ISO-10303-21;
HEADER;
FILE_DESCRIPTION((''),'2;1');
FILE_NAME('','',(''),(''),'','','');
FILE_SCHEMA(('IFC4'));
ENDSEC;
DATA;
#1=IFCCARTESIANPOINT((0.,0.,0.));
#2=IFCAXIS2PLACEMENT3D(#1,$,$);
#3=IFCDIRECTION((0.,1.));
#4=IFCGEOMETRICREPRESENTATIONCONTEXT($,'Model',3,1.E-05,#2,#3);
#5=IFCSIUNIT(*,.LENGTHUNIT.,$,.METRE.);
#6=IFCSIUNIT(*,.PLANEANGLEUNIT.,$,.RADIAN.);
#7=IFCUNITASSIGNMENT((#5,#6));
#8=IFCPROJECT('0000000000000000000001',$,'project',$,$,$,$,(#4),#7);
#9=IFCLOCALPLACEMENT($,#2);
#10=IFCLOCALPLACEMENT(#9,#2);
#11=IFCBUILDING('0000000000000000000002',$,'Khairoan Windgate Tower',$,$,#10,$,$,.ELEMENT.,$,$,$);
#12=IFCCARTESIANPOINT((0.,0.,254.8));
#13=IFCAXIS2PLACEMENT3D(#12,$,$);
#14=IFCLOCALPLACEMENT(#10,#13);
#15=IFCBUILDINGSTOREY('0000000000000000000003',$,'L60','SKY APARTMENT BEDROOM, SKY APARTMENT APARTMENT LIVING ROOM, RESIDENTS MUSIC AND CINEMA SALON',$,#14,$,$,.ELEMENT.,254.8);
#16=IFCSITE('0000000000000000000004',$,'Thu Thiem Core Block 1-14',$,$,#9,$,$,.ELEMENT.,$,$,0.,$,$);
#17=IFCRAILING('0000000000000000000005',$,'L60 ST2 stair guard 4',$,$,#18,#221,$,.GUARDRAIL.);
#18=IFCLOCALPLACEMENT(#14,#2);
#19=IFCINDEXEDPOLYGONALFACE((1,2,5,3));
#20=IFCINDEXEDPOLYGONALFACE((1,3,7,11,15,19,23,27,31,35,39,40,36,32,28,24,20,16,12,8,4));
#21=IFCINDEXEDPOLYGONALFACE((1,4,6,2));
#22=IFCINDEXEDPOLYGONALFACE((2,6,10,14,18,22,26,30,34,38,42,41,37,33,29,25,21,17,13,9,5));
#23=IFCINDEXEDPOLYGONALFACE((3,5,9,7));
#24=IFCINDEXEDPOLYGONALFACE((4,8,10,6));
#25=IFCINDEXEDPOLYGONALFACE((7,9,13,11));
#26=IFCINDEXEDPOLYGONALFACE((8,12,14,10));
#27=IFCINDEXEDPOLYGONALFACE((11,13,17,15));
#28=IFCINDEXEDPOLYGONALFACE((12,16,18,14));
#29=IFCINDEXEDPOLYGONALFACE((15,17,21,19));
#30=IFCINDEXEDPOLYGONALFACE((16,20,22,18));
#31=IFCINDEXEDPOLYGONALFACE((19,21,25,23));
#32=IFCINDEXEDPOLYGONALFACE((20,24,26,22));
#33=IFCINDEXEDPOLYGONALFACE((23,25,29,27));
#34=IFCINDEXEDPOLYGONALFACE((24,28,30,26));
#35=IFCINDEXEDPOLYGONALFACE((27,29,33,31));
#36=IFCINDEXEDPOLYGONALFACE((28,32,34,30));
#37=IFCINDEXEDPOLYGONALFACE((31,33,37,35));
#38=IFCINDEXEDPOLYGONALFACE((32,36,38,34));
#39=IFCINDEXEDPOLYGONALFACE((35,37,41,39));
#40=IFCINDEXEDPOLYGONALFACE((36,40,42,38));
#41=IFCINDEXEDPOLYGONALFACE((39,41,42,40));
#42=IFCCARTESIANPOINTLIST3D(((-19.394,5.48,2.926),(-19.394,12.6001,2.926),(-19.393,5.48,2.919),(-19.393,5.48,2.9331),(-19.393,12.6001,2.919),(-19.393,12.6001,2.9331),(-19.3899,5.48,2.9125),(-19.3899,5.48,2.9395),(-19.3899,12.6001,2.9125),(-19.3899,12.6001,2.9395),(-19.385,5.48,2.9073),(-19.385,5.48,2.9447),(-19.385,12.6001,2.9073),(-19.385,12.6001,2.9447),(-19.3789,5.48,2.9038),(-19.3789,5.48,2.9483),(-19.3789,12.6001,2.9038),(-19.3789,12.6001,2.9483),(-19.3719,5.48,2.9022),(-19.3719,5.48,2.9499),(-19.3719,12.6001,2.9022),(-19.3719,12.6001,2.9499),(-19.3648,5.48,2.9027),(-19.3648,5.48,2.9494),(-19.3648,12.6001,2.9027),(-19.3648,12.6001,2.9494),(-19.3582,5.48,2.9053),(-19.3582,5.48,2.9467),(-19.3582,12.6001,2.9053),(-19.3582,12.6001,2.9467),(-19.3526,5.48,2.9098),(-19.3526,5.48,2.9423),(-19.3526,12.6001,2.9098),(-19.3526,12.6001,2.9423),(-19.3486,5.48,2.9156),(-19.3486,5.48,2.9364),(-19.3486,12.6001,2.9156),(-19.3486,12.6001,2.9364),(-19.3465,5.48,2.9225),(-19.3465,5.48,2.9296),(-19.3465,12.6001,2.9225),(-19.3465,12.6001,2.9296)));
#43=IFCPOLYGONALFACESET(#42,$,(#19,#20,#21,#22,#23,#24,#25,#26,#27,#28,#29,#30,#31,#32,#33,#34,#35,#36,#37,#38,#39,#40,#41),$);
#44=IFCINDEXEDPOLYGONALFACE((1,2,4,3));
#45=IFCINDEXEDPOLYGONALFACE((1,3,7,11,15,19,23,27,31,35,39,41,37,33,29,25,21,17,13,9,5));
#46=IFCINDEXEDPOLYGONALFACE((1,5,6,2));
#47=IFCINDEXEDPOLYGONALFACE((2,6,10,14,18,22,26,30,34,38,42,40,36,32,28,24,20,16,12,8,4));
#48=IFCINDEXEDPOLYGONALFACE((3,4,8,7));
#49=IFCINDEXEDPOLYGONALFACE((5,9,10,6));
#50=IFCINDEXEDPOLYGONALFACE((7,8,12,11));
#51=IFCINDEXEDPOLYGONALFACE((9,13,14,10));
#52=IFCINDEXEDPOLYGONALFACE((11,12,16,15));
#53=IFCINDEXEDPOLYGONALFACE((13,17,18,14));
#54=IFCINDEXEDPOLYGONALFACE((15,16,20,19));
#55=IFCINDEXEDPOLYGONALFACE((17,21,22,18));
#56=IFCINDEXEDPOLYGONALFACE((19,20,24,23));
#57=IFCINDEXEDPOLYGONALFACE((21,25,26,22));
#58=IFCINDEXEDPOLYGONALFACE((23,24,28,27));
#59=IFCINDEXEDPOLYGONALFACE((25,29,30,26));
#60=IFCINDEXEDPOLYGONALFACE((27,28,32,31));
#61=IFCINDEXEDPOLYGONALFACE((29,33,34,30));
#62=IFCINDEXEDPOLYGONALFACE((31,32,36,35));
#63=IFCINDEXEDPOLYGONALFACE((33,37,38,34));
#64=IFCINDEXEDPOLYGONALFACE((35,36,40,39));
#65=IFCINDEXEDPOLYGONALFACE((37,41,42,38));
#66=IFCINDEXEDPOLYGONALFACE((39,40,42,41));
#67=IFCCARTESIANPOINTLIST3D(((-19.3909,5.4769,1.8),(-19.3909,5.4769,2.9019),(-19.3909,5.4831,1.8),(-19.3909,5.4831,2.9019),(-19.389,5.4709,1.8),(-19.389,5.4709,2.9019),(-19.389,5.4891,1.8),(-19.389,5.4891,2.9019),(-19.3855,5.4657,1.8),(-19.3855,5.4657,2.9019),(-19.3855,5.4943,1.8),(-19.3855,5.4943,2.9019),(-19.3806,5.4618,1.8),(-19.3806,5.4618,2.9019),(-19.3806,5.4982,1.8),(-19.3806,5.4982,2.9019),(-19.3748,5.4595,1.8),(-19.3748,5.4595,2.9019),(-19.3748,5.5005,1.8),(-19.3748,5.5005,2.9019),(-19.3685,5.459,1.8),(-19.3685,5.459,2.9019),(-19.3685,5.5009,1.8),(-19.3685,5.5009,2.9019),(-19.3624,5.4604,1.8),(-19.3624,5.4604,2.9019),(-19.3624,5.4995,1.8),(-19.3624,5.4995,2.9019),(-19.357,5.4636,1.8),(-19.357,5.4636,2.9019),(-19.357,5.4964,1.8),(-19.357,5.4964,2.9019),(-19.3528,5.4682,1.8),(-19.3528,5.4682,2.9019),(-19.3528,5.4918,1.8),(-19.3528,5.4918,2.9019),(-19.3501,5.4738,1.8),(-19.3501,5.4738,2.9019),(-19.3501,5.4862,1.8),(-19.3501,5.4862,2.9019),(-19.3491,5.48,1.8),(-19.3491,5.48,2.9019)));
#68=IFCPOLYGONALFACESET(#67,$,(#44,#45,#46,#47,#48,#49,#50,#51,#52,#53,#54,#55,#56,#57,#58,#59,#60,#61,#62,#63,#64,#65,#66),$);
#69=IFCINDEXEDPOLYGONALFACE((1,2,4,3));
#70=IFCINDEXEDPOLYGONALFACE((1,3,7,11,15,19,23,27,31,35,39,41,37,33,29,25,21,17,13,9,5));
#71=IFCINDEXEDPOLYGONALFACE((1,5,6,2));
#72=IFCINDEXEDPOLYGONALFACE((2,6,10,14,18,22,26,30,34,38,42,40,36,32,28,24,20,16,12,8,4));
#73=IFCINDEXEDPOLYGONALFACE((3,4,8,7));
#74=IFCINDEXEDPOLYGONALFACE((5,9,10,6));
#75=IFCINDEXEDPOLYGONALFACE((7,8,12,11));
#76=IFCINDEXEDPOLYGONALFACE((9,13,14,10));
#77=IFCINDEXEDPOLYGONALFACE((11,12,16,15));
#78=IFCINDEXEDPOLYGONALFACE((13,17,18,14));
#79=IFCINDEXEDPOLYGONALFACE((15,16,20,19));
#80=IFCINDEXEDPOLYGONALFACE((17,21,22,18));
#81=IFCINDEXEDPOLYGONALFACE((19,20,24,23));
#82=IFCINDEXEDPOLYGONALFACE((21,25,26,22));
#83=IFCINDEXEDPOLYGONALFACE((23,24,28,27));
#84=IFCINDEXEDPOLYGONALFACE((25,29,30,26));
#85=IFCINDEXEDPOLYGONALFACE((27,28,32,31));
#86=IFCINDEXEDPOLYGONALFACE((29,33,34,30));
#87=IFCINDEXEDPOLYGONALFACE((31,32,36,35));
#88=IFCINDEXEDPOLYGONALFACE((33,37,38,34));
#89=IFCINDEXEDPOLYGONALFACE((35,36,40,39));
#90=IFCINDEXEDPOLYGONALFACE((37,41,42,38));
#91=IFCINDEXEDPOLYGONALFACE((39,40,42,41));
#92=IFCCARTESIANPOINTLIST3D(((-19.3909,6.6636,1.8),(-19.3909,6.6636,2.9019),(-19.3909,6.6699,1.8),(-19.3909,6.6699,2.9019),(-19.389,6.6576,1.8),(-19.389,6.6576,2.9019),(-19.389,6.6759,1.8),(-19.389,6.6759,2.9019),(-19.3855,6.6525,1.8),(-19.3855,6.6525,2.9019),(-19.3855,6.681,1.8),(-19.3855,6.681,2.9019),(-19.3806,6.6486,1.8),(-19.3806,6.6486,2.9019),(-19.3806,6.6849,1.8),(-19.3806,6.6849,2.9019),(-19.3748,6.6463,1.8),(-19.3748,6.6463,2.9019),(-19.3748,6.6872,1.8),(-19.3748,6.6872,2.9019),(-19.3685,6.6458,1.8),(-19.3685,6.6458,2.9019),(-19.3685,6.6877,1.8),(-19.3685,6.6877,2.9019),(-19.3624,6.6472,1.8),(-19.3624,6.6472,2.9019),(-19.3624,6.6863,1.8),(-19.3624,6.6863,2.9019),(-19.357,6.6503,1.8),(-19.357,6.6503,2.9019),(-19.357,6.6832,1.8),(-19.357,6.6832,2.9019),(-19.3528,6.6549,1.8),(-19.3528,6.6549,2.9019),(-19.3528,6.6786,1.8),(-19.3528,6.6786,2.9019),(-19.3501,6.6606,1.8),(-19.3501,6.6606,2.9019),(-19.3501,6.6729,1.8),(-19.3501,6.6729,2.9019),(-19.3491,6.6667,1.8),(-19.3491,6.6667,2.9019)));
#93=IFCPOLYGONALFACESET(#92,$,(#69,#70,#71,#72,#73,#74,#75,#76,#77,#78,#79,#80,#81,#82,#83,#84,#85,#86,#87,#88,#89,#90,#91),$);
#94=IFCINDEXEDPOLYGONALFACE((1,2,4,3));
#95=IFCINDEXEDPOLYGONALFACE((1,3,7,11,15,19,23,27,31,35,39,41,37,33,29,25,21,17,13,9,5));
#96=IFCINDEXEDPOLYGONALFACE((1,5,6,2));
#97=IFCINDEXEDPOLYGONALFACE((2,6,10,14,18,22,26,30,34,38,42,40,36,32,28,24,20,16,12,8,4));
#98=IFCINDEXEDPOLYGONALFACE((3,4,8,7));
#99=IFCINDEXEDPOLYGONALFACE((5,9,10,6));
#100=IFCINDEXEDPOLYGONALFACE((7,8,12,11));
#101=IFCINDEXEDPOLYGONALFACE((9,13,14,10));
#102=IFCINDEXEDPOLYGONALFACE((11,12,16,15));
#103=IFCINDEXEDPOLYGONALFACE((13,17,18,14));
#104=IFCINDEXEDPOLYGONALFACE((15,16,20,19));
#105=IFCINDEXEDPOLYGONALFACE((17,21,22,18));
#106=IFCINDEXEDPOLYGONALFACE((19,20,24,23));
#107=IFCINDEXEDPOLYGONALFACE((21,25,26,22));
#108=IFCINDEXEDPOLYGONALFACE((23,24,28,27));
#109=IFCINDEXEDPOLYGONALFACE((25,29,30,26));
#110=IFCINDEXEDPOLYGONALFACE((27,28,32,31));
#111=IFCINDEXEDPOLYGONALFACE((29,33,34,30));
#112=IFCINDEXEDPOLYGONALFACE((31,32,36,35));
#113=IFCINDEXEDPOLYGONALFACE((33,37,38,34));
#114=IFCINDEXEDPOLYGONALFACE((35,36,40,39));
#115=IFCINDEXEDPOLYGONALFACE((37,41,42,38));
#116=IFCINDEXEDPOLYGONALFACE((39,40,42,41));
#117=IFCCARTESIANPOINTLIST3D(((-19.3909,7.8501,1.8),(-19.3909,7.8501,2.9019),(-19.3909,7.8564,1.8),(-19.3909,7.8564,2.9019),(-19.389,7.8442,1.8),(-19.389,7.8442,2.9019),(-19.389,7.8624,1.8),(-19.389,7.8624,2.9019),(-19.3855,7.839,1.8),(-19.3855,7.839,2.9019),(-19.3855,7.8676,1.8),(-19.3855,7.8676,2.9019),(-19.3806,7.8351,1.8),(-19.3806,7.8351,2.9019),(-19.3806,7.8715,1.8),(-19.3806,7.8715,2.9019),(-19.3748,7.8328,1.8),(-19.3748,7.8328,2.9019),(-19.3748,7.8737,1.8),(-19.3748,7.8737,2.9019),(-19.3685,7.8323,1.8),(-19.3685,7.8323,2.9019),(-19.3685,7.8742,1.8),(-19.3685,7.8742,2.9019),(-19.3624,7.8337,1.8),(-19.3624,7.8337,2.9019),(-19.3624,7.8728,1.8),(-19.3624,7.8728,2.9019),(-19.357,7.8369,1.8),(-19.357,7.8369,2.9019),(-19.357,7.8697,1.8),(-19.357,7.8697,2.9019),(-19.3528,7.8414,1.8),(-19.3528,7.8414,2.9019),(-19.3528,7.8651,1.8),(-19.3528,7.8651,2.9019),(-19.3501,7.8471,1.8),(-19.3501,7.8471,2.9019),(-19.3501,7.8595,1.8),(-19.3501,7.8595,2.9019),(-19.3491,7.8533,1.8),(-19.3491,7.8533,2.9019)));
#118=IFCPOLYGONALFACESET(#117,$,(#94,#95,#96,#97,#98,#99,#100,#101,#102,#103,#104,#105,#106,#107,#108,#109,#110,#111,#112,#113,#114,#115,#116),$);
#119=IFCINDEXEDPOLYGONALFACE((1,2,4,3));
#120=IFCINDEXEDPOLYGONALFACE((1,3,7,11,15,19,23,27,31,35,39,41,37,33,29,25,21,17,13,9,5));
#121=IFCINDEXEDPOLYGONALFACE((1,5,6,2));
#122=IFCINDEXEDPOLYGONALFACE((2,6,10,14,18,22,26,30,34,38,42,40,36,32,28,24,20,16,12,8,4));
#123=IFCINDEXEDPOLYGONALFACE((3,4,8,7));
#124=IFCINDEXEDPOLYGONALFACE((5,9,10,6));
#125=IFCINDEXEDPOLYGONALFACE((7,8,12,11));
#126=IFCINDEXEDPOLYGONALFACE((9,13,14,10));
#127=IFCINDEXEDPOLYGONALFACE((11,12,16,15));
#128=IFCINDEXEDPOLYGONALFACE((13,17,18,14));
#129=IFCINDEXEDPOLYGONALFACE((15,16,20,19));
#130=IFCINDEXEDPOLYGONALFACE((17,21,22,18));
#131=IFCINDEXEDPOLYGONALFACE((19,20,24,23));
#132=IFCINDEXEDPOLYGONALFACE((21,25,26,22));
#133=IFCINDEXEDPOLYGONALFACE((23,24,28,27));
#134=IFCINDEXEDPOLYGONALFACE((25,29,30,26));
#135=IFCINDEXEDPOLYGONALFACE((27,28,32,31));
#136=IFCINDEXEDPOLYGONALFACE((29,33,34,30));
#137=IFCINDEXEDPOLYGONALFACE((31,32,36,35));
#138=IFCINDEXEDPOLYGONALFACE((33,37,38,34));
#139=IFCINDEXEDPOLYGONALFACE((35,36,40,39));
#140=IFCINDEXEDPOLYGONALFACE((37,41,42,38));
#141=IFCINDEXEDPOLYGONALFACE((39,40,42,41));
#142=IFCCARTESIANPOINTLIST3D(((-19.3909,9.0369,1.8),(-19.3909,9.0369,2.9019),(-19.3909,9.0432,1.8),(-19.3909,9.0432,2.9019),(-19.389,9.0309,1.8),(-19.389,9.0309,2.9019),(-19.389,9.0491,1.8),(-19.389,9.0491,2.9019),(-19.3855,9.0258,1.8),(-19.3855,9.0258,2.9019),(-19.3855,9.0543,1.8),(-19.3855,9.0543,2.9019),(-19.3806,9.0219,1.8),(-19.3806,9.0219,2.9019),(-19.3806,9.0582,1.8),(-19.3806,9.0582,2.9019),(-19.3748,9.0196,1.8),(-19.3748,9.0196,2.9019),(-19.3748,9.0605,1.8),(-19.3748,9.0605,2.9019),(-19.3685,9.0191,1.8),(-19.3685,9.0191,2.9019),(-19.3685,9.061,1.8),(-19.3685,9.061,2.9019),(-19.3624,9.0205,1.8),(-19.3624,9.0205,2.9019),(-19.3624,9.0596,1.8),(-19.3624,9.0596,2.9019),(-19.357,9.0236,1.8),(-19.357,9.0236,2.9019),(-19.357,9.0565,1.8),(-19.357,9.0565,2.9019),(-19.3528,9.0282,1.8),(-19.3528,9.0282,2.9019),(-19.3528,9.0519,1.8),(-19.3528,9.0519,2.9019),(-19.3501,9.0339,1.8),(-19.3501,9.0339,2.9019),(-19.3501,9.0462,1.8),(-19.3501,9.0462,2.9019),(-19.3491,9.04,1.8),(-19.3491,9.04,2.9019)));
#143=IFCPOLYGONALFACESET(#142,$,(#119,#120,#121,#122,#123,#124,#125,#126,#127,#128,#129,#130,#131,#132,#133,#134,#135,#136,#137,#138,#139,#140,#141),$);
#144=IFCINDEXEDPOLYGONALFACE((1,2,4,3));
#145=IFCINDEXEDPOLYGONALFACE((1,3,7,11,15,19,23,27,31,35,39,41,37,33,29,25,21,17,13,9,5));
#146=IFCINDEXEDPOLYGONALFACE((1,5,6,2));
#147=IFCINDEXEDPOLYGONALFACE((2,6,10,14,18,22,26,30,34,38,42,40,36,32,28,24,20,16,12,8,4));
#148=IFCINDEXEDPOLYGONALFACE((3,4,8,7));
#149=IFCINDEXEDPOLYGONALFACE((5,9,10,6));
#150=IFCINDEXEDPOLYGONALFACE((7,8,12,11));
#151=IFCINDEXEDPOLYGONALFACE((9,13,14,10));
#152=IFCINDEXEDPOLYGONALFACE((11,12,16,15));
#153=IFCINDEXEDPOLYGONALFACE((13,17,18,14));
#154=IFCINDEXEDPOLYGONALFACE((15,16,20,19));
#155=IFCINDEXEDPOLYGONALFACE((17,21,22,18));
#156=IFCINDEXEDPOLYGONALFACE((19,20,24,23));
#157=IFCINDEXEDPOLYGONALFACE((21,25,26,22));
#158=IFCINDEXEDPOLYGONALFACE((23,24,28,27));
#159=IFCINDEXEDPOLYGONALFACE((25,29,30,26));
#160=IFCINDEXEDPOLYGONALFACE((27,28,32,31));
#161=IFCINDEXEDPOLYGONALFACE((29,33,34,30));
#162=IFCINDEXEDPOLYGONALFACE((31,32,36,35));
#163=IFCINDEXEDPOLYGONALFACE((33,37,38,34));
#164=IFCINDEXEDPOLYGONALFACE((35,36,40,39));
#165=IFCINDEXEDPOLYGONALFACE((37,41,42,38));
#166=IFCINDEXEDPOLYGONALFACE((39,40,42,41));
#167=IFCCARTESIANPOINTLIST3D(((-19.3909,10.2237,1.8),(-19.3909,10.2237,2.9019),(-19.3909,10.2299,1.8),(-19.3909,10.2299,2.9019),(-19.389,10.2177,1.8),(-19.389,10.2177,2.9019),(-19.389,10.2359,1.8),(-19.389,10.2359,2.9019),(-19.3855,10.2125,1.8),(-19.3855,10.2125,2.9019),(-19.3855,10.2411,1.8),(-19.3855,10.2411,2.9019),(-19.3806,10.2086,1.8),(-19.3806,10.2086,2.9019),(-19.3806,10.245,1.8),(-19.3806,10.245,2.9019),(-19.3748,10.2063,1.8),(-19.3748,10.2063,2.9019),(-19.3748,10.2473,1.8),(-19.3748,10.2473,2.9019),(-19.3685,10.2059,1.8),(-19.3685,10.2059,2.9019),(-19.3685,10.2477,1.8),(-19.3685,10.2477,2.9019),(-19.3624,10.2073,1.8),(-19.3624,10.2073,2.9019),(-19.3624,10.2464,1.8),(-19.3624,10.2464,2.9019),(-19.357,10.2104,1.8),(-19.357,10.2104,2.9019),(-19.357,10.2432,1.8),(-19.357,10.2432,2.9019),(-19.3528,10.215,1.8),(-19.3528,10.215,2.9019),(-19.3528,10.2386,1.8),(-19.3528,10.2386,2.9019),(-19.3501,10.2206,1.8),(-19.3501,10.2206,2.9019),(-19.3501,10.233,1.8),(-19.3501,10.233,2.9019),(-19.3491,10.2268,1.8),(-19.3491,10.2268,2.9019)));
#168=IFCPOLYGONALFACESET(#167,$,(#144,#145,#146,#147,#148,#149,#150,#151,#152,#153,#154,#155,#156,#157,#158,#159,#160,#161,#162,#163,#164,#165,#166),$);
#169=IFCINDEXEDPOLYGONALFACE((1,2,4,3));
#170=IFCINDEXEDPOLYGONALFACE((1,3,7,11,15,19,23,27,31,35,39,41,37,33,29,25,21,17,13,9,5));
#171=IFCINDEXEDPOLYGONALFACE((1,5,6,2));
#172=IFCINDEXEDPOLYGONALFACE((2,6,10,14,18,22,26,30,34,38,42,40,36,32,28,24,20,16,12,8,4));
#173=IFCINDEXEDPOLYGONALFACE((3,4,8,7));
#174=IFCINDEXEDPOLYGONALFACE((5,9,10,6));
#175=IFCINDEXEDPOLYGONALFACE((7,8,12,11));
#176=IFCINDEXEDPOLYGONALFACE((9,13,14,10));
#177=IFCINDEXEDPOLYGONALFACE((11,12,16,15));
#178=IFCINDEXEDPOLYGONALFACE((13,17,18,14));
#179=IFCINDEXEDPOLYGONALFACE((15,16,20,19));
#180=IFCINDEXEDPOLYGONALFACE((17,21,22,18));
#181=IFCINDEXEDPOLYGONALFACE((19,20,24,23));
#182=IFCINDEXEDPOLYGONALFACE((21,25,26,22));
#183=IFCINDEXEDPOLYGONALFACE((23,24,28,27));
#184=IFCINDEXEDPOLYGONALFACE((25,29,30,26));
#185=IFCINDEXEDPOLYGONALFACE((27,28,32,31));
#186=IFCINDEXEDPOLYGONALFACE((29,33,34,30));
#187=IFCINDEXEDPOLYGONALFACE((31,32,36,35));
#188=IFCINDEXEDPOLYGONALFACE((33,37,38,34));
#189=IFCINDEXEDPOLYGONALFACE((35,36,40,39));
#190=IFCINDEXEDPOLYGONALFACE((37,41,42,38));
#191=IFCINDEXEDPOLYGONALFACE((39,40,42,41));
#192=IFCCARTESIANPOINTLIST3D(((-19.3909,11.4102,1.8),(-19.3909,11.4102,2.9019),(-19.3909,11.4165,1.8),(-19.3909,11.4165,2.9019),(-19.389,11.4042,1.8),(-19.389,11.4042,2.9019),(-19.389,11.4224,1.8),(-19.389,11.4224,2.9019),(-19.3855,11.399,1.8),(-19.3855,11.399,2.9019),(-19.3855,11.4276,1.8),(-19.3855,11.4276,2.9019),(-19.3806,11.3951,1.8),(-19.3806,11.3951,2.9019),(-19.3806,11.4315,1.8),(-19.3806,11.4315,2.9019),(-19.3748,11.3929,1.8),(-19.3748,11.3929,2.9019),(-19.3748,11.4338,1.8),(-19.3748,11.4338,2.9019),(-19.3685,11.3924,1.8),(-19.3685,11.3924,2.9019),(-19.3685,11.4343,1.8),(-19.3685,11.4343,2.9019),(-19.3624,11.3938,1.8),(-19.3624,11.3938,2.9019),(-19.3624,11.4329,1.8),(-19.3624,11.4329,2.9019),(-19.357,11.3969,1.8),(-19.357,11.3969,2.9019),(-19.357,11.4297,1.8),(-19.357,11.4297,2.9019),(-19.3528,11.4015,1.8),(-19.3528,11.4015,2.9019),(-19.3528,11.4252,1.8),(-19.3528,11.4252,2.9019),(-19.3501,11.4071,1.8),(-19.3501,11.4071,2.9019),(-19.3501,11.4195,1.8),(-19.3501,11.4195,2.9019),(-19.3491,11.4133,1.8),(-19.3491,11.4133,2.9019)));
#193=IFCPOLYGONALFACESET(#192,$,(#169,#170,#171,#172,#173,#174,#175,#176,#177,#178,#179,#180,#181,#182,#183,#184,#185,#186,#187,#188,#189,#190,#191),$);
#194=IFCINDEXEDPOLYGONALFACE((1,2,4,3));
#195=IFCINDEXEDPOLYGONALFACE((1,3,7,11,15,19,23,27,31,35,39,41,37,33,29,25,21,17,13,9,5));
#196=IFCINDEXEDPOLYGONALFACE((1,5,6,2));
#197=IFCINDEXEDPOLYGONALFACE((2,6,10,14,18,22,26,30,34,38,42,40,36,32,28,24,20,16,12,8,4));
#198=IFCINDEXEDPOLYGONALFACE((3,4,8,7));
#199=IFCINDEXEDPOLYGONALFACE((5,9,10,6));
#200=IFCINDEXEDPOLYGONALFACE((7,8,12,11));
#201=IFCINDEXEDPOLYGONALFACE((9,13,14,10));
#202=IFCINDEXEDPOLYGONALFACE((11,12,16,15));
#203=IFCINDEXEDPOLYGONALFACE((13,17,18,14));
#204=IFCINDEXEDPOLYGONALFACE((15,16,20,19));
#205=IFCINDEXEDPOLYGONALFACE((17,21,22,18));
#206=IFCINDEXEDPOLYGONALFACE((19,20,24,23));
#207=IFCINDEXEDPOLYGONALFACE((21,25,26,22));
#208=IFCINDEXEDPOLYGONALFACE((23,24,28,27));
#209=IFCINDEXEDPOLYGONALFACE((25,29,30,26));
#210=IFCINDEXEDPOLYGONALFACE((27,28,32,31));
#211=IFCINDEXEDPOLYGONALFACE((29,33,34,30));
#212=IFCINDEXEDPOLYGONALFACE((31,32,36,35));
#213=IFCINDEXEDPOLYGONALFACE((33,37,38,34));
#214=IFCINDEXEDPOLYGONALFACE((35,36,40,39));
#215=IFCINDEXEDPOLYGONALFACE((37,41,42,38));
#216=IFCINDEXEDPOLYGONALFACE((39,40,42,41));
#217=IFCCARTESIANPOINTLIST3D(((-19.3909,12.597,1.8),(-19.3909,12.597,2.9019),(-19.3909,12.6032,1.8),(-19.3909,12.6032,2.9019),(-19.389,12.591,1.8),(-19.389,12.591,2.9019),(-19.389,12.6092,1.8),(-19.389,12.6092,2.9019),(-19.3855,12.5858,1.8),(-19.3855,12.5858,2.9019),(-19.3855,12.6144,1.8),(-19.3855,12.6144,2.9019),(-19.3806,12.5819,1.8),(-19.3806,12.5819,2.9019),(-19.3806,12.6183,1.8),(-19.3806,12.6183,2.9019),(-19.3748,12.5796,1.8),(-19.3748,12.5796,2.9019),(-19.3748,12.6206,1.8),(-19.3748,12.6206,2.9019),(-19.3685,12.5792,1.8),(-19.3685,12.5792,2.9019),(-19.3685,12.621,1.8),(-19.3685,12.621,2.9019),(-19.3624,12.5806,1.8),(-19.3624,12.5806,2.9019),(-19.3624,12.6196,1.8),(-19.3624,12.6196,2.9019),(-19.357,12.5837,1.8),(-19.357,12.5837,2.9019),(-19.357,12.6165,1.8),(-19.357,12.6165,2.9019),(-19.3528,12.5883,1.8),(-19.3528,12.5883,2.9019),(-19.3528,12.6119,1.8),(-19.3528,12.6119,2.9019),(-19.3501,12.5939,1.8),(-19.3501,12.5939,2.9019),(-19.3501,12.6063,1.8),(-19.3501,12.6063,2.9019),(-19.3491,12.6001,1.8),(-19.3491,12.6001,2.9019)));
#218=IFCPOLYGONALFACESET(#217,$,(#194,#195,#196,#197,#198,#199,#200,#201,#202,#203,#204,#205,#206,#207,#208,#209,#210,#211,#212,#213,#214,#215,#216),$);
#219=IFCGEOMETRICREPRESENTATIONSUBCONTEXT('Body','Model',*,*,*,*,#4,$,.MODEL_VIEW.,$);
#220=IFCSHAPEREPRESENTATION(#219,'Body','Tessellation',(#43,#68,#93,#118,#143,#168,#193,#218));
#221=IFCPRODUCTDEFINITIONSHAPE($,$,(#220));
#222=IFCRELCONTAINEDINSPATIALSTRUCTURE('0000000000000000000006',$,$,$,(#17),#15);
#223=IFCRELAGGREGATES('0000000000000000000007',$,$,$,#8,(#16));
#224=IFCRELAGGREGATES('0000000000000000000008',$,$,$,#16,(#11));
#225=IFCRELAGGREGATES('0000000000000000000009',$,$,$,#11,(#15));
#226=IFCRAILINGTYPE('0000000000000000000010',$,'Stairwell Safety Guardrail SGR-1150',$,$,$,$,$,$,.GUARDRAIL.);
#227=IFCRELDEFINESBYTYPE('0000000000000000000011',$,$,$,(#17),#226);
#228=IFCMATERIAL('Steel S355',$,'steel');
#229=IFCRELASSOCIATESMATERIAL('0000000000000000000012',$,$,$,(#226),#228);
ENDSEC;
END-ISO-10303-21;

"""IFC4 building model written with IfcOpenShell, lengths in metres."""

from ifc_helpers import new_model, si_unit, direction, frame, origin, origin_2d, place, context, subcontext, project, spatial, circle, extrude, material, type_object, element, save


model = new_model("IFC4")

# Units and contexts
model_context = context("Model", 3, precision=1e-05, world=origin(), true_north=direction((0.0, 1.0)))
body_context = subcontext(model_context, "Body", "Model", "MODEL_VIEW")
ifc_project = project(units=[si_unit("LENGTHUNIT", "METRE"), si_unit("PLANEANGLEUNIT", "RADIAN")], contexts=[model_context])

# Site, building, storey
site_placement = place(None, origin())
site = spatial("IfcSite", under=ifc_project, at=site_placement, Name="Thu Thiem Core Block 1-14", CompositionType="ELEMENT", RefElevation=0.0)
building_placement = place(site_placement, origin())
building = spatial("IfcBuilding", under=site, at=building_placement, Name="Khairoan Windgate Tower", CompositionType="ELEMENT")
storey_placement = place(building_placement, frame((0.0, 0.0, 254.8)))
storey = spatial("IfcBuildingStorey", under=building, at=storey_placement, Name="L60", Description="SKY APARTMENT BEDROOM, SKY APARTMENT APARTMENT LIVING ROOM, RESIDENTS MUSIC AND CINEMA SALON", CompositionType="ELEMENT", Elevation=254.8)

# Railing
ifc_material_1 = material(Name="Steel S355", Category="steel")
railing_type_1 = type_object("IfcRailingType", Name="Stairwell Safety Guardrail SGR-1150", PredefinedType="GUARDRAIL", material=ifc_material_1)
railing_1_placement = place(storey_placement, frame((-19.3701, 5.48, 1.8)))
element("IfcRailing", 1, at=railing_1_placement, inside=storey, type_object=railing_type_1, Name="L60 ST2 stair guard 4", PredefinedType="GUARDRAIL", context=body_context, shape_type="SweptSolid", body=[
    extrude(circle(Radius=0.0239, at=origin_2d()), frame((0.0, 0.0, 1.126), z_axis=(0.0, 1.0, 0.0), x_axis=(-1.0, 0.0, 0.0)), (0.0, 0.0, 1.0), 7.1201),
    extrude(circle(Radius=0.021, at=origin_2d()), origin(), (0.0, 0.0, 1.0), 1.1018),
    extrude(circle(Radius=0.021, at=origin_2d()), frame((0.0, 1.1868, 0.0)), (0.0, 0.0, 1.0), 1.1018),
    extrude(circle(Radius=0.021, at=origin_2d()), frame((0.0, 2.3733, 0.0)), (0.0, 0.0, 1.0), 1.1018),
    extrude(circle(Radius=0.021, at=origin_2d()), frame((0.0, 3.5601, 0.0)), (0.0, 0.0, 1.0), 1.1018),
    extrude(circle(Radius=0.021, at=origin_2d()), frame((0.0, 4.7468, 0.0)), (0.0, 0.0, 1.0), 1.1018),
    extrude(circle(Radius=0.021, at=origin_2d()), frame((0.0, 5.9333, 0.0)), (0.0, 0.0, 1.0), 1.1018),
    extrude(circle(Radius=0.021, at=origin_2d()), frame((0.0, 7.1201, 0.0)), (0.0, 0.0, 1.0), 1.1018),
])

save(model, "model.ifc")
